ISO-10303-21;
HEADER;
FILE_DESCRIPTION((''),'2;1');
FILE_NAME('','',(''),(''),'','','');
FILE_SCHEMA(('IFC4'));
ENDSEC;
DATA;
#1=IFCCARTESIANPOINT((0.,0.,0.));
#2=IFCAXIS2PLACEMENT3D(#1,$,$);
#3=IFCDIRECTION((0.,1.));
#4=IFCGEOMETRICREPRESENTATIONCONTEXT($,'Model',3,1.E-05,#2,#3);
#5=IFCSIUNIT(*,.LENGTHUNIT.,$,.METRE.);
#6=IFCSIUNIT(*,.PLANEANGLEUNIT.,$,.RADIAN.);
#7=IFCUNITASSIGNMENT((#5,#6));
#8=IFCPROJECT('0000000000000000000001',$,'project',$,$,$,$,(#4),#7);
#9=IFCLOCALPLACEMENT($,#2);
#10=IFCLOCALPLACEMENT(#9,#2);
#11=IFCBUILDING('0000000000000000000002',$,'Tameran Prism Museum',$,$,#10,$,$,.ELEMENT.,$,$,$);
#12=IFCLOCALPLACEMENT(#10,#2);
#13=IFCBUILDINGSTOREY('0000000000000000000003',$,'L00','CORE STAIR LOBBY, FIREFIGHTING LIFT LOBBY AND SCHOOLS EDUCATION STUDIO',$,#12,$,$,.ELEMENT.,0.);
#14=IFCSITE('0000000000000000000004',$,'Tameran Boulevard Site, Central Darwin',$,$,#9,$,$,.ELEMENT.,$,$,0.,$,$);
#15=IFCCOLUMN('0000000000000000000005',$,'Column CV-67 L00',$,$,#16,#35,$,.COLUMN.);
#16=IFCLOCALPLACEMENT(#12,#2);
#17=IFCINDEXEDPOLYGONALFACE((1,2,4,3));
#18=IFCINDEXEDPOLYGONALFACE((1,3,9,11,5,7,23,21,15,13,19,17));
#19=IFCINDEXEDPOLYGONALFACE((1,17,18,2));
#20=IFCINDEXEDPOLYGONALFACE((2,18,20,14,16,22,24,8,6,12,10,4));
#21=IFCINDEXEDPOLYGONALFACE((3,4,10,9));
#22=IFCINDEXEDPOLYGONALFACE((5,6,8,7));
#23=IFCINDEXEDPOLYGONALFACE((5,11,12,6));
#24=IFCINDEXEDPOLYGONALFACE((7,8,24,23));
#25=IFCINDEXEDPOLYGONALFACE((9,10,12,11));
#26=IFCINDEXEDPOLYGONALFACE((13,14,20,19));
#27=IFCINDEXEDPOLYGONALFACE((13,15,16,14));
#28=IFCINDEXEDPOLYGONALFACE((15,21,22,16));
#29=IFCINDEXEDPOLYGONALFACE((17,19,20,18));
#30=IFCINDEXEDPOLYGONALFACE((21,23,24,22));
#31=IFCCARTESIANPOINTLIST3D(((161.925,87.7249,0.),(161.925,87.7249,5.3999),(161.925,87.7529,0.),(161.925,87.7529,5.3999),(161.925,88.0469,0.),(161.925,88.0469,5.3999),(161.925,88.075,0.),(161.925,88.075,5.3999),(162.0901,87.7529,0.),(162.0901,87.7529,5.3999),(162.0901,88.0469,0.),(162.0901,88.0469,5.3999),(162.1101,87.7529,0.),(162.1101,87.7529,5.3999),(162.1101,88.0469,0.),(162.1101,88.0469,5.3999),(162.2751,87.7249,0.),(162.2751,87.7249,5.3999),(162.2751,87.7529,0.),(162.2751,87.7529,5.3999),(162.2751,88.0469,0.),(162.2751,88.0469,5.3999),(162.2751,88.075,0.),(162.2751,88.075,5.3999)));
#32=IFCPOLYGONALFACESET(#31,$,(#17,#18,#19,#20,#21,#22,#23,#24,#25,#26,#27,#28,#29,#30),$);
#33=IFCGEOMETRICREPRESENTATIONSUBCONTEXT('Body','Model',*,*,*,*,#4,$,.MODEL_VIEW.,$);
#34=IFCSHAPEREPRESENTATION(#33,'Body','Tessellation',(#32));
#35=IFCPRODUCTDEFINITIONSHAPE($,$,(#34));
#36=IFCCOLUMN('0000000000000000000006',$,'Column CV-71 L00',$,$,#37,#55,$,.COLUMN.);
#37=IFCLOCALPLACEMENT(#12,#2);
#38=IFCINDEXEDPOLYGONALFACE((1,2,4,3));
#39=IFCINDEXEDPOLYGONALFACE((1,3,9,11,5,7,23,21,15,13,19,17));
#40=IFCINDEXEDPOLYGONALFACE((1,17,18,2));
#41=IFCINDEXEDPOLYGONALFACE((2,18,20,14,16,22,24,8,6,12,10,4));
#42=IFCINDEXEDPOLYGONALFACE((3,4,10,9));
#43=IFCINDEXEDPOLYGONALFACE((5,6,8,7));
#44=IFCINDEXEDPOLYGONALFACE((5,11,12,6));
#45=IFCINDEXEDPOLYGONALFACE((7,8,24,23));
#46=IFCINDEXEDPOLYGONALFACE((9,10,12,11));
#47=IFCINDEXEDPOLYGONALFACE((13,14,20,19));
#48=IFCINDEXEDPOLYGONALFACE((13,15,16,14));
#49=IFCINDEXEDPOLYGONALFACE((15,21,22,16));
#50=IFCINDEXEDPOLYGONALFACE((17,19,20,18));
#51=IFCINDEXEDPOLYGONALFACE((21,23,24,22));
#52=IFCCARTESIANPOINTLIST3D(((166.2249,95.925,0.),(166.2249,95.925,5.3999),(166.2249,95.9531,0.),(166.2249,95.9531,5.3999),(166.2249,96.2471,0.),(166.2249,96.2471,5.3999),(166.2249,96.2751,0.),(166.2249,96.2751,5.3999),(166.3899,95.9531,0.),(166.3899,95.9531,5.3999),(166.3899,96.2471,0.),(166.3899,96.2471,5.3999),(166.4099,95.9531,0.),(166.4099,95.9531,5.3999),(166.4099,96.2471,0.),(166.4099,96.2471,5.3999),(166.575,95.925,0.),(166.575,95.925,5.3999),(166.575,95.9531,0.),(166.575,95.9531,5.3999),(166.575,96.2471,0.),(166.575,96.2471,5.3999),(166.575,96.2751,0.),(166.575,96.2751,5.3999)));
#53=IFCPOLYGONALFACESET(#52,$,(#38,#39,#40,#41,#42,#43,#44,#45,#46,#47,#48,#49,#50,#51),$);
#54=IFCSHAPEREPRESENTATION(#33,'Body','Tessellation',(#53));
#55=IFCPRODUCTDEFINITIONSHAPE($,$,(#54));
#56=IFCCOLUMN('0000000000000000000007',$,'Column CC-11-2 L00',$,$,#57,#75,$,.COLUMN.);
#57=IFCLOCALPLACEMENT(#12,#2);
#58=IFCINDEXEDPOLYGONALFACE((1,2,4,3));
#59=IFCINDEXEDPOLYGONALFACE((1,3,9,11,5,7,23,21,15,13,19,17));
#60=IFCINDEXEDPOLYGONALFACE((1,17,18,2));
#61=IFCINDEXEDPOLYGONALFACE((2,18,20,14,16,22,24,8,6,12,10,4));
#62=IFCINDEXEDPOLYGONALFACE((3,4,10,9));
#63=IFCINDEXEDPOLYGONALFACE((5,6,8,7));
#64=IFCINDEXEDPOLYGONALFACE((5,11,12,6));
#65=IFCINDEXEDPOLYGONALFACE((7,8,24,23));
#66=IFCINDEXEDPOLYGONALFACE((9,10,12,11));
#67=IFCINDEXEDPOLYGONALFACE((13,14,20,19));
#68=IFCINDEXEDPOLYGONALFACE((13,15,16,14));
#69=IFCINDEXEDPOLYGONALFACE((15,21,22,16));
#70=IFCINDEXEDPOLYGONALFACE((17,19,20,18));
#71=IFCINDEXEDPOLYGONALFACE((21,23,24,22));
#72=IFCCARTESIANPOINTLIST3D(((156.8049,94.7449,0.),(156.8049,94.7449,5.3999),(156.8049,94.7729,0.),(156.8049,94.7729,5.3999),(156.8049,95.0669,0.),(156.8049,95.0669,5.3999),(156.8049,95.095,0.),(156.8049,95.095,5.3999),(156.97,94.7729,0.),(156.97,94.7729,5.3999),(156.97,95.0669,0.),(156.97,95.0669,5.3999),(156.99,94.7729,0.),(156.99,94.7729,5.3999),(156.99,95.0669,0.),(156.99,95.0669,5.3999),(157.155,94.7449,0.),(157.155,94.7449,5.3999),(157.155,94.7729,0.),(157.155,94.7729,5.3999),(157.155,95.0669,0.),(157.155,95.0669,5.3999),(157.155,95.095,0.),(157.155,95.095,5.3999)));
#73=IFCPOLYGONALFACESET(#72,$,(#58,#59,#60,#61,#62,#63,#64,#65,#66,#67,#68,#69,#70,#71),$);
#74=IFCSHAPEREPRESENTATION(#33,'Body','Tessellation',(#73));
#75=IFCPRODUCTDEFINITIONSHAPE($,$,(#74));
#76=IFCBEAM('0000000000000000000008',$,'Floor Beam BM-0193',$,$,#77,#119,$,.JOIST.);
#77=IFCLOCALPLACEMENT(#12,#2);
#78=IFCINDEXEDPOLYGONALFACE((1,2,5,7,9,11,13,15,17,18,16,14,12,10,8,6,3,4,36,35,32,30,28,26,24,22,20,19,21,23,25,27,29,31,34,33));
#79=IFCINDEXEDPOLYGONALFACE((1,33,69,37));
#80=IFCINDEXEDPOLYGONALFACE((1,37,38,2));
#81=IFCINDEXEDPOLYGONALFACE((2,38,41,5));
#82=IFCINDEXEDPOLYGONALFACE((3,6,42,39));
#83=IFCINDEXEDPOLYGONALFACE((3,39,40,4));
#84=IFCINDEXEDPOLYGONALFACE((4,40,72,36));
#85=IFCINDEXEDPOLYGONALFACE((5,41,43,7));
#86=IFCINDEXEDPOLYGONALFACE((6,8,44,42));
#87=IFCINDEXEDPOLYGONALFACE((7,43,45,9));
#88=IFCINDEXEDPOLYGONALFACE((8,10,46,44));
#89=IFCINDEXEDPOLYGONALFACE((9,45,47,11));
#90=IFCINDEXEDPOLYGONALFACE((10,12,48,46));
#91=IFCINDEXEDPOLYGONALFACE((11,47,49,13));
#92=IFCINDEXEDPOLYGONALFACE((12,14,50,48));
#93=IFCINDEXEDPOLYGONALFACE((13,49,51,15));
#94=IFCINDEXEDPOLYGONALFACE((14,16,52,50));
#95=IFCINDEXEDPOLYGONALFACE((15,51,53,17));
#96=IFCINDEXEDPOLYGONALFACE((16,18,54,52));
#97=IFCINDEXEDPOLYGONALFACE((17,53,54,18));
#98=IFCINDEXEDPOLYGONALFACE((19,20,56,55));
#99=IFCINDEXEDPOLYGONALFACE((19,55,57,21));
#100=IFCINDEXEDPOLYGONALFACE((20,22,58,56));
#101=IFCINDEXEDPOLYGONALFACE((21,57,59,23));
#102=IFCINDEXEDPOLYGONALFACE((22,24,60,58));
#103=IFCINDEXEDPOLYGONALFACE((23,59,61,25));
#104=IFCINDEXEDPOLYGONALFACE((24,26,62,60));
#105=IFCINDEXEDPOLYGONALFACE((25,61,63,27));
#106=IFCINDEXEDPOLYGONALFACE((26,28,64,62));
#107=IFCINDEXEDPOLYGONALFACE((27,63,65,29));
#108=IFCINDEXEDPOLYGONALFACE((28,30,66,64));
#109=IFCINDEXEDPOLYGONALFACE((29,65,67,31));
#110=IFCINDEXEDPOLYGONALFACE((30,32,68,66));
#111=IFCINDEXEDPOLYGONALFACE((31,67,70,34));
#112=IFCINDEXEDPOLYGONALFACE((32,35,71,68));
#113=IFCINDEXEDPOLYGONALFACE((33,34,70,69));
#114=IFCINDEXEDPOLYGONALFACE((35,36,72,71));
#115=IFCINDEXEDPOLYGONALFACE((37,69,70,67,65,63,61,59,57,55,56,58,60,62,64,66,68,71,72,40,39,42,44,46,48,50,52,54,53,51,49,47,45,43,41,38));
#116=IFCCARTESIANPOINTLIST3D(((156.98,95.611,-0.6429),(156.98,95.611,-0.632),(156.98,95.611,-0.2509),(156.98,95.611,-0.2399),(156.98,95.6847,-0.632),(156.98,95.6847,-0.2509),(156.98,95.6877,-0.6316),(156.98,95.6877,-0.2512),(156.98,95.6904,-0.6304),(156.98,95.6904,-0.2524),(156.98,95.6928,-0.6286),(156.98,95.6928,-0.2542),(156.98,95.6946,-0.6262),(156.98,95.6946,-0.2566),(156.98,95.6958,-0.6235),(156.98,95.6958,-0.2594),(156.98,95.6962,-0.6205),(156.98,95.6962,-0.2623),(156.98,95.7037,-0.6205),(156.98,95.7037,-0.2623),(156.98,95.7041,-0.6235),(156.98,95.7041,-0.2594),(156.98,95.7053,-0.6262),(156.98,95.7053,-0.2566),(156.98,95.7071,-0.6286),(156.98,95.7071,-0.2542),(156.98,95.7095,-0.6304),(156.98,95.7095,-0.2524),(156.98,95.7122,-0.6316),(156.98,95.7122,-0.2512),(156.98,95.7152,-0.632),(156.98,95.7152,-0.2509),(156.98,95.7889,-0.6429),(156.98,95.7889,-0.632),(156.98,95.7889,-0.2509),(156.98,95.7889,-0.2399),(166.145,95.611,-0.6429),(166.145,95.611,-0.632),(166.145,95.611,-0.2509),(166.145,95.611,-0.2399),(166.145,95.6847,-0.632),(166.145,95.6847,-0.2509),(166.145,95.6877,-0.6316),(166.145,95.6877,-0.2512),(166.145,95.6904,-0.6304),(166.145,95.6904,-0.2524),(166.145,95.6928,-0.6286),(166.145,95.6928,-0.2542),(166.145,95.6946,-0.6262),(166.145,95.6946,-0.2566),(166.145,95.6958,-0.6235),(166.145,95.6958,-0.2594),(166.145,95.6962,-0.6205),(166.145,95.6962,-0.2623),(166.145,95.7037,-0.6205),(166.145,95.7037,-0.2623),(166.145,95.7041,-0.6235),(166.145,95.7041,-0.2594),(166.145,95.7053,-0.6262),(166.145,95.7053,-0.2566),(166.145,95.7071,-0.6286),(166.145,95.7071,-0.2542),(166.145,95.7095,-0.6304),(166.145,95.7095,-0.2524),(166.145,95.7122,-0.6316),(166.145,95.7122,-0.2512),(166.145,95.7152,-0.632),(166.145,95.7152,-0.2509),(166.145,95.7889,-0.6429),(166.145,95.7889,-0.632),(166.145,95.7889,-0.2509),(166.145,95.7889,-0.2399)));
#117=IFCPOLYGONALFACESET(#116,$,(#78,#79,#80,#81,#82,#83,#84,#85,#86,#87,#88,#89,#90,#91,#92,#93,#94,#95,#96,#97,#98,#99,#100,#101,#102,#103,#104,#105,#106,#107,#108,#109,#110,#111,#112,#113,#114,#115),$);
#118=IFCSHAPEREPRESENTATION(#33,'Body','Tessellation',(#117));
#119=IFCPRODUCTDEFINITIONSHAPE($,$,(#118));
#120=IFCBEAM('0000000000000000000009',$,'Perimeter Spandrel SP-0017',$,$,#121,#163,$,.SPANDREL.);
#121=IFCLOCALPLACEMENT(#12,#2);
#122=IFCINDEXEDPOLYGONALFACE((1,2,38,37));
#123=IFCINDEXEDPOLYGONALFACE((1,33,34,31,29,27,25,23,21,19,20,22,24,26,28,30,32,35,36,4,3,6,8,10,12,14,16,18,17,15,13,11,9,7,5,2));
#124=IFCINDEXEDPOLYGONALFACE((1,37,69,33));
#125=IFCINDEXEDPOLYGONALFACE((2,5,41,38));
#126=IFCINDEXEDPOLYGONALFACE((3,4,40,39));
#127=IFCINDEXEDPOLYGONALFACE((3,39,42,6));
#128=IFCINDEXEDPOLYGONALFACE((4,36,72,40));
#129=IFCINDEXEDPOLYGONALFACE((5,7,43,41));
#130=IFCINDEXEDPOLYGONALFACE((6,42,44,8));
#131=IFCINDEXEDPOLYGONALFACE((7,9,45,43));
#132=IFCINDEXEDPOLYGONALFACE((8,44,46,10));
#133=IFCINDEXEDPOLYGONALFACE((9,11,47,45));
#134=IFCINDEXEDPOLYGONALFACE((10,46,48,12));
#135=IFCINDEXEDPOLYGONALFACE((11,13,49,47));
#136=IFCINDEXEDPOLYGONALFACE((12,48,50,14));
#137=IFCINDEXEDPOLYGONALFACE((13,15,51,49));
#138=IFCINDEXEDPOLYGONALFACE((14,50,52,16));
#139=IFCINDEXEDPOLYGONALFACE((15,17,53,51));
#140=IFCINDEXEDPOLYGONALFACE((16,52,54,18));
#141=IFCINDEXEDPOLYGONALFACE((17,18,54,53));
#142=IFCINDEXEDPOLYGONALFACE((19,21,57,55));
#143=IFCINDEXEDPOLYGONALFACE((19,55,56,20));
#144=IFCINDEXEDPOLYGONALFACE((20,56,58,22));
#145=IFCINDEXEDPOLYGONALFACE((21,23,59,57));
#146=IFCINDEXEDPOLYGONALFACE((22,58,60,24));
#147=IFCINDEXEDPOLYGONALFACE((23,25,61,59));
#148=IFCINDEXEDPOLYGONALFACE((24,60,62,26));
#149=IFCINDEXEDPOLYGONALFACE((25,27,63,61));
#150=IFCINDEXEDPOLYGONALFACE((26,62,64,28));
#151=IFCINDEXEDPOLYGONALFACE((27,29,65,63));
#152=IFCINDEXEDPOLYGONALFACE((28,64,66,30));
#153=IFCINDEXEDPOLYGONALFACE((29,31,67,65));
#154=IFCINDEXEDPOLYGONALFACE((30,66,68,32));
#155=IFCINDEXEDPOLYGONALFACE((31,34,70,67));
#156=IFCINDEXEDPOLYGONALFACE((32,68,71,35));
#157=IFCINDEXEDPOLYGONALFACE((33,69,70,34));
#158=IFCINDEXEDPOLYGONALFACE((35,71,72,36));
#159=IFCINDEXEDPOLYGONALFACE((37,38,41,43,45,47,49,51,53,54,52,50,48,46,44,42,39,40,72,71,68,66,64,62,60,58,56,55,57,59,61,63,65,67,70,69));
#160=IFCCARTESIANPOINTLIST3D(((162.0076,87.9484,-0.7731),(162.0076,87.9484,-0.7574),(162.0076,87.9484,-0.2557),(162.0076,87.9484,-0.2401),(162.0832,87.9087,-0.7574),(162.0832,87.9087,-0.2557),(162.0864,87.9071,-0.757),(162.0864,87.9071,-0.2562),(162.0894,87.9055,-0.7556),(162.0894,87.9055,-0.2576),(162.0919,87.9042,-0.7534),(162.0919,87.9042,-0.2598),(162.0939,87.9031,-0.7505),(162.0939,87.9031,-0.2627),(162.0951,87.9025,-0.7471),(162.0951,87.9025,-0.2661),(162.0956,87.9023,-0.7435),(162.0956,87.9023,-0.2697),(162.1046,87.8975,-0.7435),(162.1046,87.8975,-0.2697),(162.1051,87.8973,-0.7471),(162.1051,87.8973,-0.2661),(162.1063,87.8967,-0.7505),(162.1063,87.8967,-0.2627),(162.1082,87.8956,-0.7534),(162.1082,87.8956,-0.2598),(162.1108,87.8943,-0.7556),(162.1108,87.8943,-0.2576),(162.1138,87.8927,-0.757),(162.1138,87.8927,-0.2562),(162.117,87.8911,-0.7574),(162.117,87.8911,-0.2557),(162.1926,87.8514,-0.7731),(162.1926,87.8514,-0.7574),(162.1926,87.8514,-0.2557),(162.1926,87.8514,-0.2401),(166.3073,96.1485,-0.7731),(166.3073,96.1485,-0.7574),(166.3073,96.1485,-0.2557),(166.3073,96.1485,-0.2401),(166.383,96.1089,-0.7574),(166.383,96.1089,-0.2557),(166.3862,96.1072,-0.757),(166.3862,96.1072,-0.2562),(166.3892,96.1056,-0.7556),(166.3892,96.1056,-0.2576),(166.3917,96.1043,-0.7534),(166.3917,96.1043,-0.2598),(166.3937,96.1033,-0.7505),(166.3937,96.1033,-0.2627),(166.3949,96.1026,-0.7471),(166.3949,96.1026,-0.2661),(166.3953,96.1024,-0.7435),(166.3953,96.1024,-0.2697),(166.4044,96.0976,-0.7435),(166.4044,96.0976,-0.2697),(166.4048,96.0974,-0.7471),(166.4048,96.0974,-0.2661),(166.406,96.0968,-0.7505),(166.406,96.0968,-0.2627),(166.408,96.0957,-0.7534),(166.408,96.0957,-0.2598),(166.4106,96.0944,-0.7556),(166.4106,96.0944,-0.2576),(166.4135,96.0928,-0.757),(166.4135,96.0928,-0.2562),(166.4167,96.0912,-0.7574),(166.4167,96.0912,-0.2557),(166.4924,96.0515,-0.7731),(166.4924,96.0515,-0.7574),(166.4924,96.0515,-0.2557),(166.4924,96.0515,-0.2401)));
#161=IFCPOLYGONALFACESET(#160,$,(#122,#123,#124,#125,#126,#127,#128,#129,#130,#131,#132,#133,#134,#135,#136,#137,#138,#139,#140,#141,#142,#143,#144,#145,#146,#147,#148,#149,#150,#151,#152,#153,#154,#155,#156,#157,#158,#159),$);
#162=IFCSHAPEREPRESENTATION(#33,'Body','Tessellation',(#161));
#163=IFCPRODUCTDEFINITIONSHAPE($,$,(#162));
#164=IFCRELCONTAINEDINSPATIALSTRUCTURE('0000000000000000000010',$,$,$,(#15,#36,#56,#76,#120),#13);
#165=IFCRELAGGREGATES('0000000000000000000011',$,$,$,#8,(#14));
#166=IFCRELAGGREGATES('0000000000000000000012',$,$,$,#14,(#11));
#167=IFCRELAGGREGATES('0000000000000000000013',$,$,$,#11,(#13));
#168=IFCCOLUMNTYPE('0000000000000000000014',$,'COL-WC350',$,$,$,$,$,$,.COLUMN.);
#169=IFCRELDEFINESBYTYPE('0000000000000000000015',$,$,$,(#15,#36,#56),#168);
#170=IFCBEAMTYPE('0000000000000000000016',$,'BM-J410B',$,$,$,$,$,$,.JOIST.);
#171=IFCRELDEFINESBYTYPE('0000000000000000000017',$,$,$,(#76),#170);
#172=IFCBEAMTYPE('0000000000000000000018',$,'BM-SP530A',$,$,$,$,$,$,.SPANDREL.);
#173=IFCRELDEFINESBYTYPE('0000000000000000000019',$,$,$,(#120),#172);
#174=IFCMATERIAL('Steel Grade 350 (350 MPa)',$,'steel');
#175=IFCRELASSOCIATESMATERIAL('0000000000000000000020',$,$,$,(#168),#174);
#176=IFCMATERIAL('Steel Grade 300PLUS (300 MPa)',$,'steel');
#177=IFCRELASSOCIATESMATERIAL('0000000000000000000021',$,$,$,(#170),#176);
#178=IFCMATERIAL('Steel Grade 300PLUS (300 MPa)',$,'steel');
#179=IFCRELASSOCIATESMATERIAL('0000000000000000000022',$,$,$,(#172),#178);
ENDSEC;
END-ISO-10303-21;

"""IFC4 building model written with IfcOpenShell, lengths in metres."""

from ifc_helpers import new_model, si_unit, direction, frame, origin, origin_2d, place, context, subcontext, project, spatial, i_section, extrude, material, material_profile, profile_set, type_object, element, save


model = new_model("IFC4")

# Units and contexts
model_context = context("Model", 3, precision=1e-05, world=origin(), true_north=direction((0.0, 1.0)))
body_context = subcontext(model_context, "Body", "Model", "MODEL_VIEW")
ifc_project = project(units=[si_unit("LENGTHUNIT", "METRE"), si_unit("PLANEANGLEUNIT", "RADIAN")], contexts=[model_context])

# Site, building, storey
site_placement = place(None, origin())
site = spatial("IfcSite", under=ifc_project, at=site_placement, Name="Tameran Boulevard Site, Central Darwin", CompositionType="ELEMENT", RefElevation=0.0)
building_placement = place(site_placement, origin())
building = spatial("IfcBuilding", under=site, at=building_placement, Name="Tameran Prism Museum", CompositionType="ELEMENT")
storey_placement = place(building_placement, origin())
storey = spatial("IfcBuildingStorey", under=building, at=storey_placement, Name="L00", Description="CORE STAIR LOBBY, FIREFIGHTING LIFT LOBBY AND SCHOOLS EDUCATION STUDIO", CompositionType="ELEMENT", Elevation=0.0)

# Columns
ifc_material_1 = material(Name="Steel Grade 350 (350 MPa)", Category="steel")
ifc_material_profile_1 = material_profile(ifc_material_1, i_section(OverallWidth=0.3501, OverallDepth=0.3501, WebThickness=0.02, FlangeThickness=0.0281, at=origin_2d()))
ifc_profile_set_1 = profile_set([ifc_material_profile_1])
column_type = type_object("IfcColumnType", Name="COL-WC350", PredefinedType="COLUMN", material=ifc_profile_set_1)
for number, where, z_axis, x_axis, name in (
    (1, (162.1001, 87.8999, 0.0), (0.0, 0.0, 1.0), (1.0, 0.0, 0.0), "Column CV-67 L00"),
    (2, (166.3999, 96.1001, 0.0), (0.0, 0.0, 1.0), (1.0, 0.0, 0.0), "Column CV-71 L00"),
    (3, (156.98, 94.9199, 0.0), (0.0, 0.0, 1.0), (1.0, 0.0, 0.0), "Column CC-11-2 L00"),
):
    element("IfcColumn", number, at=place(storey_placement, frame(where, z_axis=z_axis, x_axis=x_axis)), inside=storey, type_object=column_type, Name=name, PredefinedType="COLUMN", context=body_context, shape_type="SweptSolid", body=[
        extrude(i_section(OverallWidth=0.3501, OverallDepth=0.3501, WebThickness=0.02, FlangeThickness=0.0281, at=origin_2d()), origin(), (0.0, 0.0, 1.0), 5.3999),
    ])

# Beams
ifc_material_2 = material(Name="Steel Grade 300PLUS (300 MPa)", Category="steel")
ifc_material_profile_2 = material_profile(ifc_material_2, i_section(OverallWidth=0.178, OverallDepth=0.4031, WebThickness=0.0076, FlangeThickness=0.011, FilletRadius=0.0115, at=origin_2d()))
ifc_profile_set_2 = profile_set([ifc_material_profile_2])
beam_type_1 = type_object("IfcBeamType", Name="BM-J410B", PredefinedType="JOIST", material=ifc_profile_set_2)
beam_1_placement = place(storey_placement, frame((156.98, 95.7, -0.4414), z_axis=(1.0, 0.0, 0.0), x_axis=(0.0, 1.0, 0.0)))
element("IfcBeam", 4, at=beam_1_placement, inside=storey, type_object=beam_type_1, Name="Floor Beam BM-0193", PredefinedType="JOIST", context=body_context, shape_type="SweptSolid", body=[
    extrude(i_section(OverallWidth=0.178, OverallDepth=0.4031, WebThickness=0.0076, FlangeThickness=0.011, FilletRadius=0.0115, at=origin_2d()), origin(), (0.0, 0.0, 1.0), 9.165),
])
ifc_material_3 = material(Name="Steel Grade 300PLUS (300 MPa)", Category="steel")
ifc_material_profile_3 = material_profile(ifc_material_3, i_section(OverallWidth=0.209, OverallDepth=0.533, WebThickness=0.0103, FlangeThickness=0.0156, FilletRadius=0.0139, at=origin_2d()))
ifc_profile_set_3 = profile_set([ifc_material_profile_3])
beam_type_2 = type_object("IfcBeamType", Name="BM-SP530A", PredefinedType="SPANDREL", material=ifc_profile_set_3)
beam_2_placement = place(storey_placement, frame((162.1001, 87.8999, -0.5066), z_axis=(0.464385, 0.885633, 0.0), x_axis=(-0.885633, 0.464385, 0.0)))
element("IfcBeam", 5, at=beam_2_placement, inside=storey, type_object=beam_type_2, Name="Perimeter Spandrel SP-0017", PredefinedType="SPANDREL", context=body_context, shape_type="SweptSolid", body=[
    extrude(i_section(OverallWidth=0.209, OverallDepth=0.533, WebThickness=0.0103, FlangeThickness=0.0156, FilletRadius=0.0139, at=origin_2d()), origin(), (0.0, 0.0, 1.0), 9.259),
])

save(model, "model.ifc")
